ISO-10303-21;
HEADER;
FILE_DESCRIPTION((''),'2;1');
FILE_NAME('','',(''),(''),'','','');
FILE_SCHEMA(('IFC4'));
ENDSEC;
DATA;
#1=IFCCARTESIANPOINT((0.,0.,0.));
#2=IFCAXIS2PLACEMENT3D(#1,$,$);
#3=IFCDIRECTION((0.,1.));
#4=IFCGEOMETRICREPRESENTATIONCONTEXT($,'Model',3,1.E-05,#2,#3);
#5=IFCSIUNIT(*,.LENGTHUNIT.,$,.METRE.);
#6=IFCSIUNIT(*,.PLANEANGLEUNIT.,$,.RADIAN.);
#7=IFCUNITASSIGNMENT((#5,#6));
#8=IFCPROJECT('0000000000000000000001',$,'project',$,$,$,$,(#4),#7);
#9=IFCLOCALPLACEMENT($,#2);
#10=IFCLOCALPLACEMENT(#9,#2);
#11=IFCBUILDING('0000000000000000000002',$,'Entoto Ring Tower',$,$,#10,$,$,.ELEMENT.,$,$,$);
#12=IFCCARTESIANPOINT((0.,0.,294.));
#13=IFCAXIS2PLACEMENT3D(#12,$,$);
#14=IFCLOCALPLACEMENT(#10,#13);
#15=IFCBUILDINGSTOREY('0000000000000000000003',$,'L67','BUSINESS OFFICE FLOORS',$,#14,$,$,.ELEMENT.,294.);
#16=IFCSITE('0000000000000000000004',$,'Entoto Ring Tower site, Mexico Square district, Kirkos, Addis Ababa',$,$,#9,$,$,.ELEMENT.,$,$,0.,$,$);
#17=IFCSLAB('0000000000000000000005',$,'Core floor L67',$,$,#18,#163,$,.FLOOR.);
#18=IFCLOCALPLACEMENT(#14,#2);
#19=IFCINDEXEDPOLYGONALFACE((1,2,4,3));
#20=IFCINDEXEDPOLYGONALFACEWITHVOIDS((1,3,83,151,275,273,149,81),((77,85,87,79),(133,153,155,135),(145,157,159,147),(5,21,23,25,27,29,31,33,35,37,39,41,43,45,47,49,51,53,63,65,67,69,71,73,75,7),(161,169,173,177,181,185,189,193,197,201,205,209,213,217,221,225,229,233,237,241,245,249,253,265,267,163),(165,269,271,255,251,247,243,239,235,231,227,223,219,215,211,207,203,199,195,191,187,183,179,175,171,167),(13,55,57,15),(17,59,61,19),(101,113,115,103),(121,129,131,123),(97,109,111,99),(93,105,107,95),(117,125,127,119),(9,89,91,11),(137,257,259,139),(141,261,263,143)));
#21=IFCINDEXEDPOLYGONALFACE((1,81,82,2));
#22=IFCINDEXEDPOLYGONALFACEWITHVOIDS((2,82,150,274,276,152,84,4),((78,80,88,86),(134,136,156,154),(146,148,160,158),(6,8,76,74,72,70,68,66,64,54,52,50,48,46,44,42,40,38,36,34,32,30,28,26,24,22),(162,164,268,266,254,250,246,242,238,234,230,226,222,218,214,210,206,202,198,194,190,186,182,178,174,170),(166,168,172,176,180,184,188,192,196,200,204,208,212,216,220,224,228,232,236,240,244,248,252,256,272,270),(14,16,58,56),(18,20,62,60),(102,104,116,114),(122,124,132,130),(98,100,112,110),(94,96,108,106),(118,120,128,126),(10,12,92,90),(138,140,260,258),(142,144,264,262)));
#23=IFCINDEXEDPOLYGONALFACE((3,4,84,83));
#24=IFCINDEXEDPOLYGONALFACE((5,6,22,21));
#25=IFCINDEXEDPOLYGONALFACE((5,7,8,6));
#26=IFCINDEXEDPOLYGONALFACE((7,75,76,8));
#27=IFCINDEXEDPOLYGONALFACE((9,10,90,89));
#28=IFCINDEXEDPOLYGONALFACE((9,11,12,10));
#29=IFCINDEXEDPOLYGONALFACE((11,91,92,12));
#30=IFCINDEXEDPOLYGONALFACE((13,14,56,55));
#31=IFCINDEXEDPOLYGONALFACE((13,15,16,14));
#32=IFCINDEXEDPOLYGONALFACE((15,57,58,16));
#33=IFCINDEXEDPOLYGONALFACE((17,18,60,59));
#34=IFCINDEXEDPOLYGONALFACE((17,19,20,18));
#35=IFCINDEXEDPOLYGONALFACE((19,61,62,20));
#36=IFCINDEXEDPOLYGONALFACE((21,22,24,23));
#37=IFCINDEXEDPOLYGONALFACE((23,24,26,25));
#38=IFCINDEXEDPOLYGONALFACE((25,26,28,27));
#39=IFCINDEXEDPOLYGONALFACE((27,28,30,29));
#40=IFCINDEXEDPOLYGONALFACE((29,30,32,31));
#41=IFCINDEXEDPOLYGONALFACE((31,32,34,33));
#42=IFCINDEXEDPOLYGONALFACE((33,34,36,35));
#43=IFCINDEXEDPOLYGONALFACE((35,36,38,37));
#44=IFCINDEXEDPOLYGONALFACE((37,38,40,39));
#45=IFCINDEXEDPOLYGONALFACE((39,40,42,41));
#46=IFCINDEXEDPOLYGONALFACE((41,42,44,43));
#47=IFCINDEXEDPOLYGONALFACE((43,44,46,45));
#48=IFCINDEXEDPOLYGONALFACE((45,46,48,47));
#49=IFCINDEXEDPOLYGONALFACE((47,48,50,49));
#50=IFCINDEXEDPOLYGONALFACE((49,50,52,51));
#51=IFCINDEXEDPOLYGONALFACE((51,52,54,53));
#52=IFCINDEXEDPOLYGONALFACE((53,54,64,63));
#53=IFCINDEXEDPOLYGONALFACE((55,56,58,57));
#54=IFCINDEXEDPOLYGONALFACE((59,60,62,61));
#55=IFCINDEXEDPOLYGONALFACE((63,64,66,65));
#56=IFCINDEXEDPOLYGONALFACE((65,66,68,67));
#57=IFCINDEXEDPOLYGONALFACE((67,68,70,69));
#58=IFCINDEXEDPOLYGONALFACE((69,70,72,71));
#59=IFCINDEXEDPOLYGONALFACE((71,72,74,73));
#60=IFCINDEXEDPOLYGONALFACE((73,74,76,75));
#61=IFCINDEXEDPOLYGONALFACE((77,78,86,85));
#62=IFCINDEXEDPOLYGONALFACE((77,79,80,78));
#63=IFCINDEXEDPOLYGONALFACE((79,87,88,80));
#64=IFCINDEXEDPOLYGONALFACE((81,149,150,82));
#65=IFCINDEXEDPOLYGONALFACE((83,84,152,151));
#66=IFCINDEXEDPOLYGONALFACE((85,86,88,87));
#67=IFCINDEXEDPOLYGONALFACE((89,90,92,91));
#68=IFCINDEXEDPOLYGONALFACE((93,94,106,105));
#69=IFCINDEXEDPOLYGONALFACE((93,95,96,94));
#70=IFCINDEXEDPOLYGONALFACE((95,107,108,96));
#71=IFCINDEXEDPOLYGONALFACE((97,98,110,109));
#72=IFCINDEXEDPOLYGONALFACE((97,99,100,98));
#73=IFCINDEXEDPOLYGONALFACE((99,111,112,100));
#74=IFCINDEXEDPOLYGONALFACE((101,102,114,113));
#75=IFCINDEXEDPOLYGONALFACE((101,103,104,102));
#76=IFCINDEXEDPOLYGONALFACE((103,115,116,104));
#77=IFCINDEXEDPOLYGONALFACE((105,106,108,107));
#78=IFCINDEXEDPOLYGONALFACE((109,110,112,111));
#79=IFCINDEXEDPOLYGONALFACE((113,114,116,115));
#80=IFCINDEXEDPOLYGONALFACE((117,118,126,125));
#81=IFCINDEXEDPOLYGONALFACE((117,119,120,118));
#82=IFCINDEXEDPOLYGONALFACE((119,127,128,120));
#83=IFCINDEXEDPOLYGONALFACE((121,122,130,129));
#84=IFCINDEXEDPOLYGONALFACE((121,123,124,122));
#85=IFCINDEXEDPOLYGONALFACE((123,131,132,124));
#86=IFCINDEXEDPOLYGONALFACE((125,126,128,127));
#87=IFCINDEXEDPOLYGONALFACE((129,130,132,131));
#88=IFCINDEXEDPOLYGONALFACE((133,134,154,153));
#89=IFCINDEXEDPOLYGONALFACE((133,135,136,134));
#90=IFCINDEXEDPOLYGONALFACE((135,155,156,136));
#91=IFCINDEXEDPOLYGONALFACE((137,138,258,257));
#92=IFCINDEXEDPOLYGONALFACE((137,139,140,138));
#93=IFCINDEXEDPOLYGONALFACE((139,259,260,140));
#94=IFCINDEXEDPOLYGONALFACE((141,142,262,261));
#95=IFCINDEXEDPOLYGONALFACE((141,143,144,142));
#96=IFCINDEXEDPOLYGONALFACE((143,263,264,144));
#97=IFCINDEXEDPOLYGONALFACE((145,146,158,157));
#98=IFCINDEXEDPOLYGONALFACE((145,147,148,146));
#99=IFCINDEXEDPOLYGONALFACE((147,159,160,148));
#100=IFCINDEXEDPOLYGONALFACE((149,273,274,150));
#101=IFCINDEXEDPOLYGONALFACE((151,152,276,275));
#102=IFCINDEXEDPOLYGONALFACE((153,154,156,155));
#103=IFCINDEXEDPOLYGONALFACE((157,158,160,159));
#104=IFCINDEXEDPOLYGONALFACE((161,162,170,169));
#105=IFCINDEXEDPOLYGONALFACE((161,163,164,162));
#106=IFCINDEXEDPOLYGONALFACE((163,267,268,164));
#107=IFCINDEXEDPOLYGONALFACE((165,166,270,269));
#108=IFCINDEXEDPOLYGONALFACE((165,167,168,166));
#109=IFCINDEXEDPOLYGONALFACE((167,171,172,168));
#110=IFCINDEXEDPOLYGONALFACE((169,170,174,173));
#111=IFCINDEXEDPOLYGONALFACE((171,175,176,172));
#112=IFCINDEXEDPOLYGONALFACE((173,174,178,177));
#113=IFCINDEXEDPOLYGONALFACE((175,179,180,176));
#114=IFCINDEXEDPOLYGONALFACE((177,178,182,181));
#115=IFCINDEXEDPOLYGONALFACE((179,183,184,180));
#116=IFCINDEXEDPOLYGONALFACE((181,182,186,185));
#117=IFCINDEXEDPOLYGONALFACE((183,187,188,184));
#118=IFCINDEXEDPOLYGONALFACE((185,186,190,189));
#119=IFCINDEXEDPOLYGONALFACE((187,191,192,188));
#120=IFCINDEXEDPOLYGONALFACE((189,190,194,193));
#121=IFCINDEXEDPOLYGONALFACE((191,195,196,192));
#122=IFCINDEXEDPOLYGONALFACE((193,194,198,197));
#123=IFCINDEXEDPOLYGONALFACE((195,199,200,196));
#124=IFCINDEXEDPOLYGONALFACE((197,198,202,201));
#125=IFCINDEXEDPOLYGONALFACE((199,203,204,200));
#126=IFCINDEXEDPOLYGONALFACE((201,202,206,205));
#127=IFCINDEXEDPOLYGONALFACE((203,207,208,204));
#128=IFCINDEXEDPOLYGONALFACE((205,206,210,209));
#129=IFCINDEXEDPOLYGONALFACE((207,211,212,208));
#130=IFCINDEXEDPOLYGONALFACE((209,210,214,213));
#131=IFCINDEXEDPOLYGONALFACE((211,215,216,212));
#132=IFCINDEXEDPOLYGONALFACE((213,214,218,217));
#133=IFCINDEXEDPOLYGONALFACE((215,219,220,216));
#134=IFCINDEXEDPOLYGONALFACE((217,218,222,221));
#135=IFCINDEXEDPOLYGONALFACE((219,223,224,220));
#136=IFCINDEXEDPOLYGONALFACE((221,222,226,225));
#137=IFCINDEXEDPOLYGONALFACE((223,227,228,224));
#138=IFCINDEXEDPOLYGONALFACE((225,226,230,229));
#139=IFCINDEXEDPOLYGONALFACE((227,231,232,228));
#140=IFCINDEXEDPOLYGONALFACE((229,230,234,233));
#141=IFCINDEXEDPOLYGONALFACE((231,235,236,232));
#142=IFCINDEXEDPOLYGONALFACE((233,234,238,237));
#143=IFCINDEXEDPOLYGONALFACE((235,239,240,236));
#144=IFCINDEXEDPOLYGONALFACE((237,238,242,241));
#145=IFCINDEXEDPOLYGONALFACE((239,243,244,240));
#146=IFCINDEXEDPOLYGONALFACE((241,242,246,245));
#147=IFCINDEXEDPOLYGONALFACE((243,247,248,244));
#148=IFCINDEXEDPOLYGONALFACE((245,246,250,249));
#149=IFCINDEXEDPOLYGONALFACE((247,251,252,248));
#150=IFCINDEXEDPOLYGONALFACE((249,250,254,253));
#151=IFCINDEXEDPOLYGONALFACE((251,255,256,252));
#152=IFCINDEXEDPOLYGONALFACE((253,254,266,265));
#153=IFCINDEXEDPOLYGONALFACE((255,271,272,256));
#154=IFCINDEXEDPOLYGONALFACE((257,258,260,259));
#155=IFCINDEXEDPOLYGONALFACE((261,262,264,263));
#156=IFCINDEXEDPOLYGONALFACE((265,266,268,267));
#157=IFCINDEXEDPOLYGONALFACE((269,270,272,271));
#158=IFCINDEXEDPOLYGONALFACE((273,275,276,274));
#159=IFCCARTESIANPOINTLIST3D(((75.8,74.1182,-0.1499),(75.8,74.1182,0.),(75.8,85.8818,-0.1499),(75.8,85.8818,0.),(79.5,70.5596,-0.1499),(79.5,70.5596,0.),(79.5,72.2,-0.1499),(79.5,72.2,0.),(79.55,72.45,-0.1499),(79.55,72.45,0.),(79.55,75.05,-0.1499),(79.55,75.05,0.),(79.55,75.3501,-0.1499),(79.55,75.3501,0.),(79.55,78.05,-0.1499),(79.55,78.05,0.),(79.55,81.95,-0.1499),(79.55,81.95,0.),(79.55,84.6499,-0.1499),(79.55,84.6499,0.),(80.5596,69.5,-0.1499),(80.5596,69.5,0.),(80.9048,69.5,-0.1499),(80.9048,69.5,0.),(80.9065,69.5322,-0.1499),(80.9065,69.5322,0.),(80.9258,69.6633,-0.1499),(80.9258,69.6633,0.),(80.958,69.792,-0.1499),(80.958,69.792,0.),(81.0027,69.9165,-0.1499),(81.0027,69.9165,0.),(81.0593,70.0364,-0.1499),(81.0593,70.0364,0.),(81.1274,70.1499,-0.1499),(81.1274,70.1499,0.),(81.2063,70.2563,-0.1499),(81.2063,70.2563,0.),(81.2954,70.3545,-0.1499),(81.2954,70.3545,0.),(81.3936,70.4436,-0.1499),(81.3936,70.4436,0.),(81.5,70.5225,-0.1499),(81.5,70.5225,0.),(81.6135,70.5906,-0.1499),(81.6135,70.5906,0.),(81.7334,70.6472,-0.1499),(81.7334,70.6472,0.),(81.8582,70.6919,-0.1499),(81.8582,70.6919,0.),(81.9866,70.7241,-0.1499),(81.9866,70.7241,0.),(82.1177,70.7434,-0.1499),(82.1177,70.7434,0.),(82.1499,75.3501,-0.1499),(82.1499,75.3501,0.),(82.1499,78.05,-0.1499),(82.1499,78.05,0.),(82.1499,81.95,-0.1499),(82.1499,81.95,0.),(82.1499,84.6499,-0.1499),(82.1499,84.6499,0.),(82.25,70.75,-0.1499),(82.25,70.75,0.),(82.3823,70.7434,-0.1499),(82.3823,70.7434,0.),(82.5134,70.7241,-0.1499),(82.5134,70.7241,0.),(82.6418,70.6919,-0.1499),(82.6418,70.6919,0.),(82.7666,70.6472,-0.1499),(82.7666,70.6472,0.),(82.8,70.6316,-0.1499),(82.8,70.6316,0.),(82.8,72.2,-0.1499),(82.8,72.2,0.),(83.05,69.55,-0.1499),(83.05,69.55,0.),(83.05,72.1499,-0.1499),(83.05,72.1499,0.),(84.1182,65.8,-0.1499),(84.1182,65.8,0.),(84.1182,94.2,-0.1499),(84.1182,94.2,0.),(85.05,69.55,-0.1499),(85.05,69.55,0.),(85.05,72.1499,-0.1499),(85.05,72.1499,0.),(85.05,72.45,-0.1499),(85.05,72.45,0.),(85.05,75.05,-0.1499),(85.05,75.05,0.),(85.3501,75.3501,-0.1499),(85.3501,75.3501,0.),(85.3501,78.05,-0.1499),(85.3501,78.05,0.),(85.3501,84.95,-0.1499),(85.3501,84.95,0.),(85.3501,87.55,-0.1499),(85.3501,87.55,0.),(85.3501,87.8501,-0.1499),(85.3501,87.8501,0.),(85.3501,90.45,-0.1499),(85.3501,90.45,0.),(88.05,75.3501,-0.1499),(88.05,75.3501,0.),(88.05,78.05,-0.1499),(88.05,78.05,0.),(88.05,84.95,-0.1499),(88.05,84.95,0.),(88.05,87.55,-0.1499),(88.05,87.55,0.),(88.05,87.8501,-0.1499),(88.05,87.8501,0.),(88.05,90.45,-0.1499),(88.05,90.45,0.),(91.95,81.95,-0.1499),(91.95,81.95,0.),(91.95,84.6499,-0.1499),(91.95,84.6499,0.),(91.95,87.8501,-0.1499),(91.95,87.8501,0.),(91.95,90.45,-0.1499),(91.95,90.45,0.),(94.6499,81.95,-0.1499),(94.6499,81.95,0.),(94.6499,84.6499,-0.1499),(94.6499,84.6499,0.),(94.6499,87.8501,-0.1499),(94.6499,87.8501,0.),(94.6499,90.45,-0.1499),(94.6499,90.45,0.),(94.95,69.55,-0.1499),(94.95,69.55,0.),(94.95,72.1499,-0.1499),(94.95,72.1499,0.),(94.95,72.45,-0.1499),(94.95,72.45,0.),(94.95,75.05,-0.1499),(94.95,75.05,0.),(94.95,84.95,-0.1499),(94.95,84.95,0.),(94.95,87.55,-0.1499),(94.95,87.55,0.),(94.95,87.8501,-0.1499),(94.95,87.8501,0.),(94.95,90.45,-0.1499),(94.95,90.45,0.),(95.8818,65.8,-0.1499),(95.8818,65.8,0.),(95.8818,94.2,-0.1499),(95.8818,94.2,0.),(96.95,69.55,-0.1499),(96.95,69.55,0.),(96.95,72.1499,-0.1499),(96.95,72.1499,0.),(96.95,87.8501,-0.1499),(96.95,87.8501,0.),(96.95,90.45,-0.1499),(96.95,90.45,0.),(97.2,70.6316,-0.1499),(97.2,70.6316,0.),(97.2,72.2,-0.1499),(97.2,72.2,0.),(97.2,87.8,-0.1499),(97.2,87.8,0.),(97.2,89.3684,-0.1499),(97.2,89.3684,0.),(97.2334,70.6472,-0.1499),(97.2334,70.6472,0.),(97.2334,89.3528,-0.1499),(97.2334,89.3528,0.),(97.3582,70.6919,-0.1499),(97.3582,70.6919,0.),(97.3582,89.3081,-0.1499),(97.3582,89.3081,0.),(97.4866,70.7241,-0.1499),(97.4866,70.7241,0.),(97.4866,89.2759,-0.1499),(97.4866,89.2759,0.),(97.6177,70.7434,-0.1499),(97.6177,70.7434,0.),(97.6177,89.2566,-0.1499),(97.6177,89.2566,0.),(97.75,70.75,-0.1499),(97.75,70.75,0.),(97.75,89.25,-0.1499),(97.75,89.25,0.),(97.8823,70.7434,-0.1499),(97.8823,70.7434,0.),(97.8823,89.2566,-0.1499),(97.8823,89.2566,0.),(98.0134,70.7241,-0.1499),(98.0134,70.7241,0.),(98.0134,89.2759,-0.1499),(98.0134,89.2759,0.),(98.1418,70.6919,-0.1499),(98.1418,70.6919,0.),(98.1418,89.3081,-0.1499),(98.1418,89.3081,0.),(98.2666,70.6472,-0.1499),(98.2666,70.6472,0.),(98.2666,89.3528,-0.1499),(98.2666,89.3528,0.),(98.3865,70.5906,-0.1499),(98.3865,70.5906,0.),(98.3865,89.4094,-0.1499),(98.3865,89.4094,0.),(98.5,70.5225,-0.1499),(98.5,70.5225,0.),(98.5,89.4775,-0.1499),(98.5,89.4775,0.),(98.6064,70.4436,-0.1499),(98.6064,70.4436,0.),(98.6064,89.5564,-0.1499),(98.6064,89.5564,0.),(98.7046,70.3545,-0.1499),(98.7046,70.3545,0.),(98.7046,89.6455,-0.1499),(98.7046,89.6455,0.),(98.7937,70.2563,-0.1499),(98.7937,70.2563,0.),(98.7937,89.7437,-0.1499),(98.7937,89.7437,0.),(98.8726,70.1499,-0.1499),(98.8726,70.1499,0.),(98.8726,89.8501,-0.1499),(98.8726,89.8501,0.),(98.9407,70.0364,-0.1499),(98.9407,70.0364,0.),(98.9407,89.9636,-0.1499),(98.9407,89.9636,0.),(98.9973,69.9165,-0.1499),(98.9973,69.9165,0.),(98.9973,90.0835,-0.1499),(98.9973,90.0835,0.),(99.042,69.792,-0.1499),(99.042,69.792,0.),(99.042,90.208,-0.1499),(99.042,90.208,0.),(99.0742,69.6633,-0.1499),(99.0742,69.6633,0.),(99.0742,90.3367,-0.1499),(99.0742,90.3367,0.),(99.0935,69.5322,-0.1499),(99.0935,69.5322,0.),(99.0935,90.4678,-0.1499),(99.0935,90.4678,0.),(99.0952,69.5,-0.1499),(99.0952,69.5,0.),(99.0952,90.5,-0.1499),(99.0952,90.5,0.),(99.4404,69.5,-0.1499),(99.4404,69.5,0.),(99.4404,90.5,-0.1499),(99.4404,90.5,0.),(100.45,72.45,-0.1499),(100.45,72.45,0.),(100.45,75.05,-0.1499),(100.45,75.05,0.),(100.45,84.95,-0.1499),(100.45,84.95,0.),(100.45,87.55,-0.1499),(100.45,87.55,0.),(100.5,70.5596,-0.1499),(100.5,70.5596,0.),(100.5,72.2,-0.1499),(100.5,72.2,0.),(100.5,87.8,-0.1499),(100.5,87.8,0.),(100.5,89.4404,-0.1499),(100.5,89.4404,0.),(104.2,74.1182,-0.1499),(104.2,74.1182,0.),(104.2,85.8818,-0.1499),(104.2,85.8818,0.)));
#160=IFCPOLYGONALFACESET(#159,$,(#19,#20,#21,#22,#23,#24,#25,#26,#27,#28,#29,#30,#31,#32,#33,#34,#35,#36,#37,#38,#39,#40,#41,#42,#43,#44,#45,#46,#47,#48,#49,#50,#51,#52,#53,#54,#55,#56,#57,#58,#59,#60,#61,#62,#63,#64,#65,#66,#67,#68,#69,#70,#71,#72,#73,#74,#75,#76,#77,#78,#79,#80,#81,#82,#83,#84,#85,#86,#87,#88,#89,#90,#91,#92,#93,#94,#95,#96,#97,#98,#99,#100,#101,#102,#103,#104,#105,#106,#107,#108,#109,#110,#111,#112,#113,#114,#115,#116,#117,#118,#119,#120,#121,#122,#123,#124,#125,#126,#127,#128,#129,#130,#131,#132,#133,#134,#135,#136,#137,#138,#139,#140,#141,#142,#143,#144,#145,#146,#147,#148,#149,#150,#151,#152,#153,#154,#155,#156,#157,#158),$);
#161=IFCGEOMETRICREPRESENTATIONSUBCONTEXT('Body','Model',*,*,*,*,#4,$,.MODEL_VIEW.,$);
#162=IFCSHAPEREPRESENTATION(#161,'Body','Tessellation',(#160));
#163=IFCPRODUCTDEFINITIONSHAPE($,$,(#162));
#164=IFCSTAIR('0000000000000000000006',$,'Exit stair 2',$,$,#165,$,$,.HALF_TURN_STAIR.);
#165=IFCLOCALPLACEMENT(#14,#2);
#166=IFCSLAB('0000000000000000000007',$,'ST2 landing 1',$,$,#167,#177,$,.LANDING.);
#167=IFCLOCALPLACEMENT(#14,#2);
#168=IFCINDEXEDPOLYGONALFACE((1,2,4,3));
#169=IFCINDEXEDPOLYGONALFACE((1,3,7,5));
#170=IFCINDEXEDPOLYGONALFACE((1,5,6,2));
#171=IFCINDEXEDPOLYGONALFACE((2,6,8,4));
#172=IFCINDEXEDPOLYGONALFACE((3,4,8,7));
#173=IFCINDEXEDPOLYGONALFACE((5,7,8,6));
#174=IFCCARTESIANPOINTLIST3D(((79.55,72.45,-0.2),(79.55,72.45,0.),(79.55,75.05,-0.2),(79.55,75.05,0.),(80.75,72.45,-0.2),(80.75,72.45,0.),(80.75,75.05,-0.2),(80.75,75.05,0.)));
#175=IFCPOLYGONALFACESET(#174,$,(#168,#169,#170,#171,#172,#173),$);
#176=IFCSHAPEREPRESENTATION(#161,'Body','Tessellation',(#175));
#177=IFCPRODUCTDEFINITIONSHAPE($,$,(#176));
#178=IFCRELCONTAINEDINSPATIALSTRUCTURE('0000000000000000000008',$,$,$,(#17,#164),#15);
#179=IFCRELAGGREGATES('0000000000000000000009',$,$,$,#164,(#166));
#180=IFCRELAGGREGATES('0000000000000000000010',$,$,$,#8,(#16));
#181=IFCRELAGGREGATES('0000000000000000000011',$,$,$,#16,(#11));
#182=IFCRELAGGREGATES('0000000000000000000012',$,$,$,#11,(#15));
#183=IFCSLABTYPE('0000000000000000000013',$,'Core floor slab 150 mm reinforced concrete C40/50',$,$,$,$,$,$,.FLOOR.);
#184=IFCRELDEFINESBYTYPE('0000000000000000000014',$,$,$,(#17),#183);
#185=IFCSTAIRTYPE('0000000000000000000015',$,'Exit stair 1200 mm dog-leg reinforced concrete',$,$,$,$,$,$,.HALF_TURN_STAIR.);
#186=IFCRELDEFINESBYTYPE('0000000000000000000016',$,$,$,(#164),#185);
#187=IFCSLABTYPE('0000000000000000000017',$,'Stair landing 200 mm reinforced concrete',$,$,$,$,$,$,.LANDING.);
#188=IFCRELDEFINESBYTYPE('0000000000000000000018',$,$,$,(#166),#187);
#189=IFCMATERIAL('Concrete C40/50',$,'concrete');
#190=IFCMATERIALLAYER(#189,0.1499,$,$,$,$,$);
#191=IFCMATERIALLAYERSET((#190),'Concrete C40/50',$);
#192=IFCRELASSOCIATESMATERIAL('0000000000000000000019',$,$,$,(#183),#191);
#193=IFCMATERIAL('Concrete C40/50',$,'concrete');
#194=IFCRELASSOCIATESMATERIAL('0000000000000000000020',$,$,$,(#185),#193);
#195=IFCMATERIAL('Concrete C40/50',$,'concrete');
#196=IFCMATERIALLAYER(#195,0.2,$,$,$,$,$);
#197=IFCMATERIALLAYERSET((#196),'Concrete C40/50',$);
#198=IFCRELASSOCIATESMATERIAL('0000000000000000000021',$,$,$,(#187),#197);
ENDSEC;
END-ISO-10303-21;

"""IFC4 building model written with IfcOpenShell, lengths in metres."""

from ifc_helpers import new_model, si_unit, direction, frame, origin, place, context, subcontext, project, spatial, polyline, outline, extrude, material, layer, layer_set, type_object, element, aggregate, save


model = new_model("IFC4")

# Units and contexts
model_context = context("Model", 3, precision=1e-05, world=origin(), true_north=direction((0.0, 1.0)))
body_context = subcontext(model_context, "Body", "Model", "MODEL_VIEW")
ifc_project = project(units=[si_unit("LENGTHUNIT", "METRE"), si_unit("PLANEANGLEUNIT", "RADIAN")], contexts=[model_context])

# Site, building, storey
site_placement = place(None, origin())
site = spatial("IfcSite", under=ifc_project, at=site_placement, Name="Entoto Ring Tower site, Mexico Square district, Kirkos, Addis Ababa", CompositionType="ELEMENT", RefElevation=0.0)
building_placement = place(site_placement, origin())
building = spatial("IfcBuilding", under=site, at=building_placement, Name="Entoto Ring Tower", CompositionType="ELEMENT")
storey_placement = place(building_placement, frame((0.0, 0.0, 294.0)))
storey = spatial("IfcBuildingStorey", under=building, at=storey_placement, Name="L67", Description="BUSINESS OFFICE FLOORS", CompositionType="ELEMENT", Elevation=294.0)

# Slab
ifc_material_1 = material(Name="Concrete C40/50", Category="concrete")
ifc_layer_1 = layer(ifc_material_1, 0.1499)
ifc_layer_set_1 = layer_set([ifc_layer_1], Name="Concrete C40/50")
slab_type_1 = type_object("IfcSlabType", Name="Core floor slab 150 mm reinforced concrete C40/50", PredefinedType="FLOOR", material=ifc_layer_set_1)
slab_1_placement = place(storey_placement, frame((0.0, 0.0, -0.1499)))
element("IfcSlab", 1, at=slab_1_placement, inside=storey, type_object=slab_type_1, Name="Core floor L67", PredefinedType="FLOOR", context=body_context, shape_type="SweptSolid", body=[
    extrude(outline(polyline([(104.2, 74.1182), (104.2, 85.8818), (95.8818, 94.2), (84.1182, 94.2), (75.8, 85.8818), (75.8, 74.1182), (84.1182, 65.8), (95.8818, 65.8), (104.2, 74.1182)]), holes=[polyline([(100.45, 84.95), (100.45, 87.55), (94.95, 87.55), (94.95, 84.95), (100.45, 84.95)]), polyline([(85.05, 72.45), (85.05, 75.05), (79.55, 75.05), (79.55, 72.45), (85.05, 72.45)]), polyline([(100.45, 72.45), (100.45, 75.05), (94.95, 75.05), (94.95, 72.45), (100.45, 72.45)]), polyline([(94.95, 90.45), (94.95, 87.8501), (96.95, 87.8501), (96.95, 90.45), (94.95, 90.45)]), polyline([(94.95, 72.1499), (94.95, 69.55), (96.95, 69.55), (96.95, 72.1499), (94.95, 72.1499)]), polyline([(83.05, 72.1499), (83.05, 69.55), (85.05, 69.55), (85.05, 72.1499), (83.05, 72.1499)]), polyline([(79.55, 81.95), (82.1499, 81.95), (82.1499, 84.6499), (79.55, 84.6499), (79.55, 81.95)]), polyline([(79.55, 75.3501), (82.1499, 75.3501), (82.1499, 78.05), (79.55, 78.05), (79.55, 75.3501)]), polyline([(91.95, 87.8501), (94.6499, 87.8501), (94.6499, 90.45), (91.95, 90.45), (91.95, 87.8501)]), polyline([(91.95, 81.95), (94.6499, 81.95), (94.6499, 84.6499), (91.95, 84.6499), (91.95, 81.95)]), polyline([(85.3501, 75.3501), (88.05, 75.3501), (88.05, 78.05), (85.3501, 78.05), (85.3501, 75.3501)]), polyline([(85.3501, 84.95), (88.05, 84.95), (88.05, 87.55), (85.3501, 87.55), (85.3501, 84.95)]), polyline([(85.3501, 87.8501), (88.05, 87.8501), (88.05, 90.45), (85.3501, 90.45), (85.3501, 87.8501)]), polyline([(97.2, 89.3684), (97.2, 87.8), (100.5, 87.8), (100.5, 89.4404), (99.4404, 90.5), (99.0952, 90.5), (99.0935, 90.4678), (99.0742, 90.3367), (99.042, 90.208), (98.9973, 90.0835), (98.9407, 89.9636), (98.8726, 89.8501), (98.7937, 89.7437), (98.7046, 89.6455), (98.6064, 89.5564), (98.5, 89.4775), (98.3865, 89.4094), (98.2666, 89.3528), (98.1418, 89.3081), (98.0134, 89.2759), (97.8823, 89.2566), (97.75, 89.25), (97.6177, 89.2566), (97.4866, 89.2759), (97.3582, 89.3081), (97.2334, 89.3528), (97.2, 89.3684)]), polyline([(80.5596, 69.5), (80.9048, 69.5), (80.9065, 69.5322), (80.9258, 69.6633), (80.958, 69.792), (81.0027, 69.9165), (81.0593, 70.0364), (81.1274, 70.1499), (81.2063, 70.2563), (81.2954, 70.3545), (81.3936, 70.4436), (81.5, 70.5225), (81.6135, 70.5906), (81.7334, 70.6472), (81.8582, 70.6919), (81.9866, 70.7241), (82.1177, 70.7434), (82.25, 70.75), (82.3823, 70.7434), (82.5134, 70.7241), (82.6418, 70.6919), (82.7666, 70.6472), (82.8, 70.6316), (82.8, 72.2), (79.5, 72.2), (79.5, 70.5596), (80.5596, 69.5)]), polyline([(99.0952, 69.5), (99.4404, 69.5), (100.5, 70.5596), (100.5, 72.2), (97.2, 72.2), (97.2, 70.6316), (97.2334, 70.6472), (97.3582, 70.6919), (97.4866, 70.7241), (97.6177, 70.7434), (97.75, 70.75), (97.8823, 70.7434), (98.0134, 70.7241), (98.1418, 70.6919), (98.2666, 70.6472), (98.3865, 70.5906), (98.5, 70.5225), (98.6064, 70.4436), (98.7046, 70.3545), (98.7937, 70.2563), (98.8726, 70.1499), (98.9407, 70.0364), (98.9973, 69.9165), (99.042, 69.792), (99.0742, 69.6633), (99.0935, 69.5322), (99.0952, 69.5)])]), origin(), (0.0, 0.0, 1.0), 0.1499),
])

# Stair, slab
ifc_material_2 = material(Name="Concrete C40/50", Category="concrete")
stair_type = type_object("IfcStairType", Name="Exit stair 1200 mm dog-leg reinforced concrete", PredefinedType="HALF_TURN_STAIR", material=ifc_material_2)
stair_1_placement = place(storey_placement, origin())
stair_1 = element("IfcStair", 2, at=stair_1_placement, inside=storey, type_object=stair_type, Name="Exit stair 2", PredefinedType="HALF_TURN_STAIR")
ifc_material_3 = material(Name="Concrete C40/50", Category="concrete")
ifc_layer_2 = layer(ifc_material_3, 0.2)
ifc_layer_set_2 = layer_set([ifc_layer_2], Name="Concrete C40/50")
slab_type_2 = type_object("IfcSlabType", Name="Stair landing 200 mm reinforced concrete", PredefinedType="LANDING", material=ifc_layer_set_2)
slab_2_placement = place(storey_placement, frame((0.0, 0.0, -0.2)))
slab_2 = element("IfcSlab", 3, at=slab_2_placement, type_object=slab_type_2, Name="ST2 landing 1", PredefinedType="LANDING", context=body_context, shape_type="SweptSolid", body=[
    extrude(outline(polyline([(80.75, 72.45), (80.75, 75.05), (79.55, 75.05), (79.55, 72.45), (80.75, 72.45)])), origin(), (0.0, 0.0, 1.0), 0.2),
])
aggregate(stair_1, [slab_2])

save(model, "model.ifc")
